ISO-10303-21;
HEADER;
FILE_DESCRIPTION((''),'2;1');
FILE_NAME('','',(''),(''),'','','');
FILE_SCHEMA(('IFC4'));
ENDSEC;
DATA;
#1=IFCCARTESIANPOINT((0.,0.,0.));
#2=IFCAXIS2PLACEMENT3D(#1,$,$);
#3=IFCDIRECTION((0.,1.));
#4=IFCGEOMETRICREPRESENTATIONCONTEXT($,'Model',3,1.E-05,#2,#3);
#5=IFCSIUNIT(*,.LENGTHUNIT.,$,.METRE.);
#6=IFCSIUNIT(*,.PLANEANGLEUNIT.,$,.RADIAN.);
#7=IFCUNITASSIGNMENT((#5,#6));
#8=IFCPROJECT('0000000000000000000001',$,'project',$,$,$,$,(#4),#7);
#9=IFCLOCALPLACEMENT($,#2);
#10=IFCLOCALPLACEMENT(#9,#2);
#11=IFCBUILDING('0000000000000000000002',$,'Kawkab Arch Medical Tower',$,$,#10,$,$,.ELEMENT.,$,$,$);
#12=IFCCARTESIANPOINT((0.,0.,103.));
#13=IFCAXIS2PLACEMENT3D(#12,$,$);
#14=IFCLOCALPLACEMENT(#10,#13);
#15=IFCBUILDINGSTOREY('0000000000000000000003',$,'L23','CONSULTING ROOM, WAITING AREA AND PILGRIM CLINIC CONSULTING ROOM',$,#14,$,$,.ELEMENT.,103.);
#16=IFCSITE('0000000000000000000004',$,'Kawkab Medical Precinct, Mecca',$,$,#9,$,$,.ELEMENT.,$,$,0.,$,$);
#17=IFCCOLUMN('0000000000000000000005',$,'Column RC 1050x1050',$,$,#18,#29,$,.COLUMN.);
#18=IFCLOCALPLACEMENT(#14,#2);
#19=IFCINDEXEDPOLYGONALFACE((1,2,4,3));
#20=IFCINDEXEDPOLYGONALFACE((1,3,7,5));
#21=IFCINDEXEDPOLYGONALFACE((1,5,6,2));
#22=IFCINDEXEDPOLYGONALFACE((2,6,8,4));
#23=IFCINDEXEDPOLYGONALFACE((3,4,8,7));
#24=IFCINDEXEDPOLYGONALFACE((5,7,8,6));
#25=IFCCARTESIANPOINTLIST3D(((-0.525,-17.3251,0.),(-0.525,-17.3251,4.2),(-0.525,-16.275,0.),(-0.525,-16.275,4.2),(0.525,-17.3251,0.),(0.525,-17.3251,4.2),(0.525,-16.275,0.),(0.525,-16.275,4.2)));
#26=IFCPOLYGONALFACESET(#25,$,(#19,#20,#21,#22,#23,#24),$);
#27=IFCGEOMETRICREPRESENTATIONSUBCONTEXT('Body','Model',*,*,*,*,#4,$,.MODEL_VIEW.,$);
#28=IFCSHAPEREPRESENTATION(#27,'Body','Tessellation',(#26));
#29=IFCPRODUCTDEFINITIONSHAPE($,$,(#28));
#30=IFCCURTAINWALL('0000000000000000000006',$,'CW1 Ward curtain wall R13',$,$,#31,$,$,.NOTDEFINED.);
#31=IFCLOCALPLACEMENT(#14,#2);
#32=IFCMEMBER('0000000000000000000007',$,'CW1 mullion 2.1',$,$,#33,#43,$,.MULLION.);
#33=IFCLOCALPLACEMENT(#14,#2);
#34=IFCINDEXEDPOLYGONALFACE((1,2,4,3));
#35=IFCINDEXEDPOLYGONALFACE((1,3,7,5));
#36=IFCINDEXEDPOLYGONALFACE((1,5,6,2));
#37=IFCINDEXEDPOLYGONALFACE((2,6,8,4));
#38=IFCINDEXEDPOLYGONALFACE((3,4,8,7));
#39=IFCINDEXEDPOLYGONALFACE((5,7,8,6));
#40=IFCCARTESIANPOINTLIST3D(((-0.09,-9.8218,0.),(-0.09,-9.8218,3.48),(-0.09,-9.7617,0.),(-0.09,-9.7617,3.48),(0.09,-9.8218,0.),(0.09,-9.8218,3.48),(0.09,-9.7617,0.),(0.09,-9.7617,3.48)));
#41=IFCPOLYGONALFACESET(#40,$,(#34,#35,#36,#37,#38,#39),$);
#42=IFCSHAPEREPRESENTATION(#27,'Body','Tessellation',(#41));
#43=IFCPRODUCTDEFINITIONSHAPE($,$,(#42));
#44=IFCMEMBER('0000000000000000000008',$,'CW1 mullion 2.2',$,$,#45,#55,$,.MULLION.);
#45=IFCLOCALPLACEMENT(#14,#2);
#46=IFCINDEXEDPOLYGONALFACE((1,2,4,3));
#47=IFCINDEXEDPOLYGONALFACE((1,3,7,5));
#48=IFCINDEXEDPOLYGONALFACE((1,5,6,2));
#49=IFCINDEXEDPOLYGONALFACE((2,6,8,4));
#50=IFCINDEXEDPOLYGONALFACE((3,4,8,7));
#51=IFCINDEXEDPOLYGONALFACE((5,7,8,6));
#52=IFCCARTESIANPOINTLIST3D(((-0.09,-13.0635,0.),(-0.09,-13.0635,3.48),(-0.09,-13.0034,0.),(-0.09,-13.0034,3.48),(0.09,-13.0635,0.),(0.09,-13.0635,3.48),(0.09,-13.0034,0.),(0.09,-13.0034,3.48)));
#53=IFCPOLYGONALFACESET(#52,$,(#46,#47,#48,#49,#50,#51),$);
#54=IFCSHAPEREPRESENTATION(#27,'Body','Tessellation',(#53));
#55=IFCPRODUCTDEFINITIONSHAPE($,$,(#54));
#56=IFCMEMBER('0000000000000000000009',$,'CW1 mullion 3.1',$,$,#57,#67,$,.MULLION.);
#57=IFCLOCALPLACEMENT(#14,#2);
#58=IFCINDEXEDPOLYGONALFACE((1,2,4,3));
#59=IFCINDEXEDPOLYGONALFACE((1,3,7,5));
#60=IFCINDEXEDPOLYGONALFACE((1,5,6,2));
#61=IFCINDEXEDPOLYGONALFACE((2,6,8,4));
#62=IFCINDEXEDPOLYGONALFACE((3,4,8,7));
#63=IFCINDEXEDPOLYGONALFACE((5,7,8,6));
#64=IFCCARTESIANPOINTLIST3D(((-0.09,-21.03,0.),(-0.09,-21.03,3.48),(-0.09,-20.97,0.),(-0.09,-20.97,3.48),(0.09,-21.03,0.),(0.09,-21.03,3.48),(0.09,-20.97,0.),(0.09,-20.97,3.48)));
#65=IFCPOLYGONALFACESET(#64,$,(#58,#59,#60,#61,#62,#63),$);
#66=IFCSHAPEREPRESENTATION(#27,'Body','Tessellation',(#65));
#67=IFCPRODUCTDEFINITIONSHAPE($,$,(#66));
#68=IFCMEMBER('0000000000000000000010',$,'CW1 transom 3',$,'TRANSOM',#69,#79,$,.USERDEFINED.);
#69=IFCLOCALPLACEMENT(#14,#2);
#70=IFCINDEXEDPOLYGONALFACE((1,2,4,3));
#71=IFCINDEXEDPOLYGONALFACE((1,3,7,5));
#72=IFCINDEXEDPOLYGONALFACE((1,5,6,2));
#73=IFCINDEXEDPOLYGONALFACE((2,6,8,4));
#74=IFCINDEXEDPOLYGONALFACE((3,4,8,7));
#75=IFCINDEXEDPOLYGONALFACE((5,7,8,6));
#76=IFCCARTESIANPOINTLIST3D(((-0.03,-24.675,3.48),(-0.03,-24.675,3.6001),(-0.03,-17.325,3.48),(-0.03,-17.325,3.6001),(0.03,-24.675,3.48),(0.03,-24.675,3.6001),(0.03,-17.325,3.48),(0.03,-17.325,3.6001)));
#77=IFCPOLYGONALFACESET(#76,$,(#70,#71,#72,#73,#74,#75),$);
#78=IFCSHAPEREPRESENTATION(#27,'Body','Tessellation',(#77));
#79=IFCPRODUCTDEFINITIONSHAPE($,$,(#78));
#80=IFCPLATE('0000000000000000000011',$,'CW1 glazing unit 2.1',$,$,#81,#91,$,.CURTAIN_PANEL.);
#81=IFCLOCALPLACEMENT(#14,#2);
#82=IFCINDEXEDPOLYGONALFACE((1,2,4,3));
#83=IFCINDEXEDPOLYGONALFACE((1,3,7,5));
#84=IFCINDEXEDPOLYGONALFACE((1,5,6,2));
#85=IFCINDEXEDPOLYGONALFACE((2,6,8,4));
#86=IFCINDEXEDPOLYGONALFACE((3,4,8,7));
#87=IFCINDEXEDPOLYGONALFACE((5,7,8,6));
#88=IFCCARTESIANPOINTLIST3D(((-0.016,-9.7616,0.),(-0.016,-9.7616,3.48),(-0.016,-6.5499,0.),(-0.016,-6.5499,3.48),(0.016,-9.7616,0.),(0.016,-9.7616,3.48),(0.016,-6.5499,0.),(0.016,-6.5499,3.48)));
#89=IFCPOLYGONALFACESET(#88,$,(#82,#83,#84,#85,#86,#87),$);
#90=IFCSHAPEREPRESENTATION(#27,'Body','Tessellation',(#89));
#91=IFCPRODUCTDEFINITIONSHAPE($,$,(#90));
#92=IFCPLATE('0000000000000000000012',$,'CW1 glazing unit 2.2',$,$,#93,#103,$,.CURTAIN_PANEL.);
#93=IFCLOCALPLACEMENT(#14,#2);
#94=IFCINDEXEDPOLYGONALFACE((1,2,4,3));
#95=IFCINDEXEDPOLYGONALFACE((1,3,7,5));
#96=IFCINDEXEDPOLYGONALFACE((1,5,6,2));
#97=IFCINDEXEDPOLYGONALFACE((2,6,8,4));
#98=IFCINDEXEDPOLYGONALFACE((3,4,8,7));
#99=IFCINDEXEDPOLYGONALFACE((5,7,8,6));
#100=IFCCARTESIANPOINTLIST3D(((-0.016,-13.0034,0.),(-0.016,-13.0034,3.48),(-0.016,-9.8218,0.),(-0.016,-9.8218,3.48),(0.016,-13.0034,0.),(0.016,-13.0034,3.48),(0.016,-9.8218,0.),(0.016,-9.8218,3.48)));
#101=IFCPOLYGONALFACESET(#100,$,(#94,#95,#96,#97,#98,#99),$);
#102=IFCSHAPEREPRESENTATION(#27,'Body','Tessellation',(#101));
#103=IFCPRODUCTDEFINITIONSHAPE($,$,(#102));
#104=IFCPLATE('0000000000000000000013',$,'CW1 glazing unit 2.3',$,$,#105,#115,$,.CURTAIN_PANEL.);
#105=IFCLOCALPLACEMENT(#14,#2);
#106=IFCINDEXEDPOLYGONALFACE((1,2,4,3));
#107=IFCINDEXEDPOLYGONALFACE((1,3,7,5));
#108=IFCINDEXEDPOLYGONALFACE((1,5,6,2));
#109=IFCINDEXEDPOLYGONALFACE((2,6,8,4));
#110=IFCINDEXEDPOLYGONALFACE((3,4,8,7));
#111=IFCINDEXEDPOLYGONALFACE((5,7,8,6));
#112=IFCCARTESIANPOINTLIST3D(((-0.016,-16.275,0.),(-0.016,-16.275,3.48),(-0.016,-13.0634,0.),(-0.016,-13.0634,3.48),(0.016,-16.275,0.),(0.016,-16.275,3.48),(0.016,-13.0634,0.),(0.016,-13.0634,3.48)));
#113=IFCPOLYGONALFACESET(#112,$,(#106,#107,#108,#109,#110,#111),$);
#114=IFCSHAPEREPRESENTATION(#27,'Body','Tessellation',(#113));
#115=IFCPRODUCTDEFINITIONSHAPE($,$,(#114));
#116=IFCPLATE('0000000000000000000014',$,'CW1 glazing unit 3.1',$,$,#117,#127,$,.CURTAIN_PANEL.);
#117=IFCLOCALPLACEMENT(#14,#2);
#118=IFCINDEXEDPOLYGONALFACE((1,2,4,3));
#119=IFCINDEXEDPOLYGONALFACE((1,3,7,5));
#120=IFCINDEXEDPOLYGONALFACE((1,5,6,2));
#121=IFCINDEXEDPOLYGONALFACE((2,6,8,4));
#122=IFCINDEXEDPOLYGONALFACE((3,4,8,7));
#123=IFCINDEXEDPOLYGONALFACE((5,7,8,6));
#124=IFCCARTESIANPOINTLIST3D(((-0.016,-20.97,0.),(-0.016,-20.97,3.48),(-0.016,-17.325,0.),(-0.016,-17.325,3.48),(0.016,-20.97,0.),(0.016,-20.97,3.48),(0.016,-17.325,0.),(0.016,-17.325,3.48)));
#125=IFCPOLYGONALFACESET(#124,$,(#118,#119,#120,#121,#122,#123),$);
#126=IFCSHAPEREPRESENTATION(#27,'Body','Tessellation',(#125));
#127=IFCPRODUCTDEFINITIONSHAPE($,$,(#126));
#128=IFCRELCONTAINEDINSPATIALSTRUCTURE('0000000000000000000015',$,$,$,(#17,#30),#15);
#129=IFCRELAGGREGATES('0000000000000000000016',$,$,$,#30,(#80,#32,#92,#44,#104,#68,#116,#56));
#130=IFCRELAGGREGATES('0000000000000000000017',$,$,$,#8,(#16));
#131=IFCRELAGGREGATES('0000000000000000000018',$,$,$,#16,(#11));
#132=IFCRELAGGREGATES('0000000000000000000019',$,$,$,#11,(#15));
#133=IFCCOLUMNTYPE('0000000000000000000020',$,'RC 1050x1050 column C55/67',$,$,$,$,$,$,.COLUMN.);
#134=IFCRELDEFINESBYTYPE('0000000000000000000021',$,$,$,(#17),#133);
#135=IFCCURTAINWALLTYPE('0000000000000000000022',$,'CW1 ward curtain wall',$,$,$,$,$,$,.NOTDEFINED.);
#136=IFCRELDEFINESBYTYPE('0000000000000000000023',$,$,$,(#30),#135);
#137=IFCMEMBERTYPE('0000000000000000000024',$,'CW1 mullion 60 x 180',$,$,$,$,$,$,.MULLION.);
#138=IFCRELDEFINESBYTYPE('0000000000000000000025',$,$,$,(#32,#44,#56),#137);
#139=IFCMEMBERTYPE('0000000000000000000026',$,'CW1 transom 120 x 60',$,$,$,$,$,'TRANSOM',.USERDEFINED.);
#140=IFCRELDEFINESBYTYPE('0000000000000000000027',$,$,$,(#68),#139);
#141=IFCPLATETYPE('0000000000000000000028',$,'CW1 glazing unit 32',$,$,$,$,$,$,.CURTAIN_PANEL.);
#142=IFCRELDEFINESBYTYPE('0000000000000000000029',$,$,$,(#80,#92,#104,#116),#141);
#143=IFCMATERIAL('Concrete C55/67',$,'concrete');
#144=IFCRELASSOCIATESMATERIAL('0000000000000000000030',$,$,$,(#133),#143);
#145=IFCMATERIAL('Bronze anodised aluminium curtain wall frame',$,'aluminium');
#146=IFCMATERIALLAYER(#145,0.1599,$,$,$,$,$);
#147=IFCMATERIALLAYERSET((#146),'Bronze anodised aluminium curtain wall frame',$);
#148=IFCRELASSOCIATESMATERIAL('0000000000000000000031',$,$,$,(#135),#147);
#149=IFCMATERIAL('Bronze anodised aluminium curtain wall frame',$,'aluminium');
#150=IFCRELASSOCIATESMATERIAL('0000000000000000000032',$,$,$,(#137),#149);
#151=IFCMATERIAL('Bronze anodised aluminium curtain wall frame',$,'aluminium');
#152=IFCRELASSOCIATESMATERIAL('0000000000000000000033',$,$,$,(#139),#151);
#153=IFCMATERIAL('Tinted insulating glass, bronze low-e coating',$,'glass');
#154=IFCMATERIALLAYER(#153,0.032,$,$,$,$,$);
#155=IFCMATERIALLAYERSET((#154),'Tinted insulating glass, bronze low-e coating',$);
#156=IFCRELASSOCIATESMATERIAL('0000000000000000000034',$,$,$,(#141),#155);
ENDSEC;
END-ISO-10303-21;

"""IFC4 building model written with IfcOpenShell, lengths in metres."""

from ifc_helpers import new_model, si_unit, direction, frame, origin, origin_2d, place, context, subcontext, project, spatial, rectangle, extrude, material, layer, layer_set, material_profile, profile_set, type_object, element, aggregate, save


model = new_model("IFC4")

# Units and contexts
model_context = context("Model", 3, precision=1e-05, world=origin(), true_north=direction((0.0, 1.0)))
body_context = subcontext(model_context, "Body", "Model", "MODEL_VIEW")
ifc_project = project(units=[si_unit("LENGTHUNIT", "METRE"), si_unit("PLANEANGLEUNIT", "RADIAN")], contexts=[model_context])

# Site, building, storey
site_placement = place(None, origin())
site = spatial("IfcSite", under=ifc_project, at=site_placement, Name="Kawkab Medical Precinct, Mecca", CompositionType="ELEMENT", RefElevation=0.0)
building_placement = place(site_placement, origin())
building = spatial("IfcBuilding", under=site, at=building_placement, Name="Kawkab Arch Medical Tower", CompositionType="ELEMENT")
storey_placement = place(building_placement, frame((0.0, 0.0, 103.0)))
storey = spatial("IfcBuildingStorey", under=building, at=storey_placement, Name="L23", Description="CONSULTING ROOM, WAITING AREA AND PILGRIM CLINIC CONSULTING ROOM", CompositionType="ELEMENT", Elevation=103.0)

# Column
ifc_material_1 = material(Name="Concrete C55/67", Category="concrete")
ifc_material_profile_1 = material_profile(ifc_material_1, rectangle(XDim=1.05, YDim=1.05, at=origin_2d()), Name="RC 1050x1050")
ifc_profile_set_1 = profile_set([ifc_material_profile_1], Name="Concrete C55/67")
column_type = type_object("IfcColumnType", Name="RC 1050x1050 column C55/67", PredefinedType="COLUMN", material=ifc_profile_set_1)
column_placement = place(storey_placement, frame((0.0, -16.8, 0.0), z_axis=(0.0, 0.0, 1.0), x_axis=(1.0, 0.0, 0.0)))
element("IfcColumn", 1, at=column_placement, inside=storey, type_object=column_type, Name="Column RC 1050x1050", PredefinedType="COLUMN", context=body_context, shape_type="SweptSolid", body=[
    extrude(rectangle(XDim=1.05, YDim=1.05, at=origin_2d()), origin(), (0.0, 0.0, 1.0), 4.2),
])

# Curtain wall, members, plates
ifc_material_2 = material(Name="Bronze anodised aluminium curtain wall frame", Category="aluminium")
ifc_layer_1 = layer(ifc_material_2, 0.1599)
ifc_layer_set_1 = layer_set([ifc_layer_1], Name="Bronze anodised aluminium curtain wall frame")
curtain_wall_type = type_object("IfcCurtainWallType", Name="CW1 ward curtain wall", PredefinedType="NOTDEFINED", material=ifc_layer_set_1)
placement = place(storey_placement, origin())
curtain_wall = element("IfcCurtainWall", 2, at=placement, inside=storey, type_object=curtain_wall_type, Name="CW1 Ward curtain wall R13", PredefinedType="NOTDEFINED")
ifc_material_3 = material(Name="Bronze anodised aluminium curtain wall frame", Category="aluminium")
ifc_material_profile_2 = material_profile(ifc_material_3, rectangle(XDim=0.1799, YDim=0.0601, at=origin_2d()), Name="AL 60x180")
ifc_profile_set_2 = profile_set([ifc_material_profile_2], Name="Bronze anodised aluminium curtain wall frame")
member_type_1 = type_object("IfcMemberType", Name="CW1 mullion 60 x 180", PredefinedType="MULLION", material=ifc_profile_set_2)
member_1_placement = place(storey_placement, frame((0.0, -9.7917, 0.0), z_axis=(0.0, 0.0, 1.0), x_axis=(1.0, 0.0, 0.0)))
member_1 = element("IfcMember", 3, at=member_1_placement, type_object=member_type_1, Name="CW1 mullion 2.1", PredefinedType="MULLION", context=body_context, shape_type="SweptSolid", body=[
    extrude(rectangle(XDim=0.1799, YDim=0.0601, at=origin_2d()), origin(), (0.0, 0.0, 1.0), 3.48),
])
member_2_placement = place(storey_placement, frame((0.0, -13.0334, 0.0), z_axis=(0.0, 0.0, 1.0), x_axis=(1.0, 0.0, 0.0)))
member_2 = element("IfcMember", 4, at=member_2_placement, type_object=member_type_1, Name="CW1 mullion 2.2", PredefinedType="MULLION", context=body_context, shape_type="SweptSolid", body=[
    extrude(rectangle(XDim=0.1799, YDim=0.0601, at=origin_2d()), origin(), (0.0, 0.0, 1.0), 3.48),
])
member_3_placement = place(storey_placement, frame((0.0, -21.0, 0.0), z_axis=(0.0, 0.0, 1.0), x_axis=(1.0, 0.0, 0.0)))
member_3 = element("IfcMember", 5, at=member_3_placement, type_object=member_type_1, Name="CW1 mullion 3.1", PredefinedType="MULLION", context=body_context, shape_type="SweptSolid", body=[
    extrude(rectangle(XDim=0.1799, YDim=0.0601, at=origin_2d()), origin(), (0.0, 0.0, 1.0), 3.48),
])
ifc_material_4 = material(Name="Bronze anodised aluminium curtain wall frame", Category="aluminium")
ifc_material_profile_3 = material_profile(ifc_material_4, rectangle(XDim=0.0601, YDim=0.1201, at=origin_2d()), Name="AL 60x120")
ifc_profile_set_3 = profile_set([ifc_material_profile_3], Name="Bronze anodised aluminium curtain wall frame")
member_type_2 = type_object("IfcMemberType", Name="CW1 transom 120 x 60", ElementType="TRANSOM", PredefinedType="USERDEFINED", material=ifc_profile_set_3)
member_4_placement = place(storey_placement, frame((0.0, -17.325, 3.54), z_axis=(0.0, -1.0, 0.0), x_axis=(1.0, 0.0, 0.0)))
member_4 = element("IfcMember", 6, at=member_4_placement, type_object=member_type_2, Name="CW1 transom 3", ObjectType="TRANSOM", PredefinedType="USERDEFINED", context=body_context, shape_type="SweptSolid", body=[
    extrude(rectangle(XDim=0.0601, YDim=0.1201, at=origin_2d()), origin(), (0.0, 0.0, 1.0), 7.3501),
])
ifc_material_5 = material(Name="Tinted insulating glass, bronze low-e coating", Category="glass")
ifc_layer_2 = layer(ifc_material_5, 0.032)
ifc_layer_set_2 = layer_set([ifc_layer_2], Name="Tinted insulating glass, bronze low-e coating")
plate_type = type_object("IfcPlateType", Name="CW1 glazing unit 32", PredefinedType="CURTAIN_PANEL", material=ifc_layer_set_2)
plate_1_placement = place(storey_placement, frame((0.0, -8.1558, 0.0), z_axis=(0.0, 0.0, 1.0), x_axis=(0.0, -1.0, 0.0)))
plate_1 = element("IfcPlate", 7, at=plate_1_placement, type_object=plate_type, Name="CW1 glazing unit 2.1", PredefinedType="CURTAIN_PANEL", context=body_context, shape_type="SweptSolid", body=[
    extrude(rectangle(XDim=3.2117, YDim=0.032, at=origin_2d()), origin(), (0.0, 0.0, 1.0), 3.48),
])
plate_2_placement = place(storey_placement, frame((0.0, -11.4126, 0.0), z_axis=(0.0, 0.0, 1.0), x_axis=(0.0, -1.0, 0.0)))
plate_2 = element("IfcPlate", 8, at=plate_2_placement, type_object=plate_type, Name="CW1 glazing unit 2.2", PredefinedType="CURTAIN_PANEL", context=body_context, shape_type="SweptSolid", body=[
    extrude(rectangle(XDim=3.1816, YDim=0.032, at=origin_2d()), origin(), (0.0, 0.0, 1.0), 3.48),
])
plate_3_placement = place(storey_placement, frame((0.0, -14.6692, 0.0), z_axis=(0.0, 0.0, 1.0), x_axis=(0.0, -1.0, 0.0)))
plate_3 = element("IfcPlate", 9, at=plate_3_placement, type_object=plate_type, Name="CW1 glazing unit 2.3", PredefinedType="CURTAIN_PANEL", context=body_context, shape_type="SweptSolid", body=[
    extrude(rectangle(XDim=3.2117, YDim=0.032, at=origin_2d()), origin(), (0.0, 0.0, 1.0), 3.48),
])
plate_4_placement = place(storey_placement, frame((0.0, -19.1475, 0.0), z_axis=(0.0, 0.0, 1.0), x_axis=(0.0, -1.0, 0.0)))
plate_4 = element("IfcPlate", 10, at=plate_4_placement, type_object=plate_type, Name="CW1 glazing unit 3.1", PredefinedType="CURTAIN_PANEL", context=body_context, shape_type="SweptSolid", body=[
    extrude(rectangle(XDim=3.645, YDim=0.032, at=origin_2d()), origin(), (0.0, 0.0, 1.0), 3.48),
])
aggregate(curtain_wall, [plate_1, member_1, plate_2, member_2, plate_3, member_4, plate_4, member_3])

save(model, "model.ifc")
